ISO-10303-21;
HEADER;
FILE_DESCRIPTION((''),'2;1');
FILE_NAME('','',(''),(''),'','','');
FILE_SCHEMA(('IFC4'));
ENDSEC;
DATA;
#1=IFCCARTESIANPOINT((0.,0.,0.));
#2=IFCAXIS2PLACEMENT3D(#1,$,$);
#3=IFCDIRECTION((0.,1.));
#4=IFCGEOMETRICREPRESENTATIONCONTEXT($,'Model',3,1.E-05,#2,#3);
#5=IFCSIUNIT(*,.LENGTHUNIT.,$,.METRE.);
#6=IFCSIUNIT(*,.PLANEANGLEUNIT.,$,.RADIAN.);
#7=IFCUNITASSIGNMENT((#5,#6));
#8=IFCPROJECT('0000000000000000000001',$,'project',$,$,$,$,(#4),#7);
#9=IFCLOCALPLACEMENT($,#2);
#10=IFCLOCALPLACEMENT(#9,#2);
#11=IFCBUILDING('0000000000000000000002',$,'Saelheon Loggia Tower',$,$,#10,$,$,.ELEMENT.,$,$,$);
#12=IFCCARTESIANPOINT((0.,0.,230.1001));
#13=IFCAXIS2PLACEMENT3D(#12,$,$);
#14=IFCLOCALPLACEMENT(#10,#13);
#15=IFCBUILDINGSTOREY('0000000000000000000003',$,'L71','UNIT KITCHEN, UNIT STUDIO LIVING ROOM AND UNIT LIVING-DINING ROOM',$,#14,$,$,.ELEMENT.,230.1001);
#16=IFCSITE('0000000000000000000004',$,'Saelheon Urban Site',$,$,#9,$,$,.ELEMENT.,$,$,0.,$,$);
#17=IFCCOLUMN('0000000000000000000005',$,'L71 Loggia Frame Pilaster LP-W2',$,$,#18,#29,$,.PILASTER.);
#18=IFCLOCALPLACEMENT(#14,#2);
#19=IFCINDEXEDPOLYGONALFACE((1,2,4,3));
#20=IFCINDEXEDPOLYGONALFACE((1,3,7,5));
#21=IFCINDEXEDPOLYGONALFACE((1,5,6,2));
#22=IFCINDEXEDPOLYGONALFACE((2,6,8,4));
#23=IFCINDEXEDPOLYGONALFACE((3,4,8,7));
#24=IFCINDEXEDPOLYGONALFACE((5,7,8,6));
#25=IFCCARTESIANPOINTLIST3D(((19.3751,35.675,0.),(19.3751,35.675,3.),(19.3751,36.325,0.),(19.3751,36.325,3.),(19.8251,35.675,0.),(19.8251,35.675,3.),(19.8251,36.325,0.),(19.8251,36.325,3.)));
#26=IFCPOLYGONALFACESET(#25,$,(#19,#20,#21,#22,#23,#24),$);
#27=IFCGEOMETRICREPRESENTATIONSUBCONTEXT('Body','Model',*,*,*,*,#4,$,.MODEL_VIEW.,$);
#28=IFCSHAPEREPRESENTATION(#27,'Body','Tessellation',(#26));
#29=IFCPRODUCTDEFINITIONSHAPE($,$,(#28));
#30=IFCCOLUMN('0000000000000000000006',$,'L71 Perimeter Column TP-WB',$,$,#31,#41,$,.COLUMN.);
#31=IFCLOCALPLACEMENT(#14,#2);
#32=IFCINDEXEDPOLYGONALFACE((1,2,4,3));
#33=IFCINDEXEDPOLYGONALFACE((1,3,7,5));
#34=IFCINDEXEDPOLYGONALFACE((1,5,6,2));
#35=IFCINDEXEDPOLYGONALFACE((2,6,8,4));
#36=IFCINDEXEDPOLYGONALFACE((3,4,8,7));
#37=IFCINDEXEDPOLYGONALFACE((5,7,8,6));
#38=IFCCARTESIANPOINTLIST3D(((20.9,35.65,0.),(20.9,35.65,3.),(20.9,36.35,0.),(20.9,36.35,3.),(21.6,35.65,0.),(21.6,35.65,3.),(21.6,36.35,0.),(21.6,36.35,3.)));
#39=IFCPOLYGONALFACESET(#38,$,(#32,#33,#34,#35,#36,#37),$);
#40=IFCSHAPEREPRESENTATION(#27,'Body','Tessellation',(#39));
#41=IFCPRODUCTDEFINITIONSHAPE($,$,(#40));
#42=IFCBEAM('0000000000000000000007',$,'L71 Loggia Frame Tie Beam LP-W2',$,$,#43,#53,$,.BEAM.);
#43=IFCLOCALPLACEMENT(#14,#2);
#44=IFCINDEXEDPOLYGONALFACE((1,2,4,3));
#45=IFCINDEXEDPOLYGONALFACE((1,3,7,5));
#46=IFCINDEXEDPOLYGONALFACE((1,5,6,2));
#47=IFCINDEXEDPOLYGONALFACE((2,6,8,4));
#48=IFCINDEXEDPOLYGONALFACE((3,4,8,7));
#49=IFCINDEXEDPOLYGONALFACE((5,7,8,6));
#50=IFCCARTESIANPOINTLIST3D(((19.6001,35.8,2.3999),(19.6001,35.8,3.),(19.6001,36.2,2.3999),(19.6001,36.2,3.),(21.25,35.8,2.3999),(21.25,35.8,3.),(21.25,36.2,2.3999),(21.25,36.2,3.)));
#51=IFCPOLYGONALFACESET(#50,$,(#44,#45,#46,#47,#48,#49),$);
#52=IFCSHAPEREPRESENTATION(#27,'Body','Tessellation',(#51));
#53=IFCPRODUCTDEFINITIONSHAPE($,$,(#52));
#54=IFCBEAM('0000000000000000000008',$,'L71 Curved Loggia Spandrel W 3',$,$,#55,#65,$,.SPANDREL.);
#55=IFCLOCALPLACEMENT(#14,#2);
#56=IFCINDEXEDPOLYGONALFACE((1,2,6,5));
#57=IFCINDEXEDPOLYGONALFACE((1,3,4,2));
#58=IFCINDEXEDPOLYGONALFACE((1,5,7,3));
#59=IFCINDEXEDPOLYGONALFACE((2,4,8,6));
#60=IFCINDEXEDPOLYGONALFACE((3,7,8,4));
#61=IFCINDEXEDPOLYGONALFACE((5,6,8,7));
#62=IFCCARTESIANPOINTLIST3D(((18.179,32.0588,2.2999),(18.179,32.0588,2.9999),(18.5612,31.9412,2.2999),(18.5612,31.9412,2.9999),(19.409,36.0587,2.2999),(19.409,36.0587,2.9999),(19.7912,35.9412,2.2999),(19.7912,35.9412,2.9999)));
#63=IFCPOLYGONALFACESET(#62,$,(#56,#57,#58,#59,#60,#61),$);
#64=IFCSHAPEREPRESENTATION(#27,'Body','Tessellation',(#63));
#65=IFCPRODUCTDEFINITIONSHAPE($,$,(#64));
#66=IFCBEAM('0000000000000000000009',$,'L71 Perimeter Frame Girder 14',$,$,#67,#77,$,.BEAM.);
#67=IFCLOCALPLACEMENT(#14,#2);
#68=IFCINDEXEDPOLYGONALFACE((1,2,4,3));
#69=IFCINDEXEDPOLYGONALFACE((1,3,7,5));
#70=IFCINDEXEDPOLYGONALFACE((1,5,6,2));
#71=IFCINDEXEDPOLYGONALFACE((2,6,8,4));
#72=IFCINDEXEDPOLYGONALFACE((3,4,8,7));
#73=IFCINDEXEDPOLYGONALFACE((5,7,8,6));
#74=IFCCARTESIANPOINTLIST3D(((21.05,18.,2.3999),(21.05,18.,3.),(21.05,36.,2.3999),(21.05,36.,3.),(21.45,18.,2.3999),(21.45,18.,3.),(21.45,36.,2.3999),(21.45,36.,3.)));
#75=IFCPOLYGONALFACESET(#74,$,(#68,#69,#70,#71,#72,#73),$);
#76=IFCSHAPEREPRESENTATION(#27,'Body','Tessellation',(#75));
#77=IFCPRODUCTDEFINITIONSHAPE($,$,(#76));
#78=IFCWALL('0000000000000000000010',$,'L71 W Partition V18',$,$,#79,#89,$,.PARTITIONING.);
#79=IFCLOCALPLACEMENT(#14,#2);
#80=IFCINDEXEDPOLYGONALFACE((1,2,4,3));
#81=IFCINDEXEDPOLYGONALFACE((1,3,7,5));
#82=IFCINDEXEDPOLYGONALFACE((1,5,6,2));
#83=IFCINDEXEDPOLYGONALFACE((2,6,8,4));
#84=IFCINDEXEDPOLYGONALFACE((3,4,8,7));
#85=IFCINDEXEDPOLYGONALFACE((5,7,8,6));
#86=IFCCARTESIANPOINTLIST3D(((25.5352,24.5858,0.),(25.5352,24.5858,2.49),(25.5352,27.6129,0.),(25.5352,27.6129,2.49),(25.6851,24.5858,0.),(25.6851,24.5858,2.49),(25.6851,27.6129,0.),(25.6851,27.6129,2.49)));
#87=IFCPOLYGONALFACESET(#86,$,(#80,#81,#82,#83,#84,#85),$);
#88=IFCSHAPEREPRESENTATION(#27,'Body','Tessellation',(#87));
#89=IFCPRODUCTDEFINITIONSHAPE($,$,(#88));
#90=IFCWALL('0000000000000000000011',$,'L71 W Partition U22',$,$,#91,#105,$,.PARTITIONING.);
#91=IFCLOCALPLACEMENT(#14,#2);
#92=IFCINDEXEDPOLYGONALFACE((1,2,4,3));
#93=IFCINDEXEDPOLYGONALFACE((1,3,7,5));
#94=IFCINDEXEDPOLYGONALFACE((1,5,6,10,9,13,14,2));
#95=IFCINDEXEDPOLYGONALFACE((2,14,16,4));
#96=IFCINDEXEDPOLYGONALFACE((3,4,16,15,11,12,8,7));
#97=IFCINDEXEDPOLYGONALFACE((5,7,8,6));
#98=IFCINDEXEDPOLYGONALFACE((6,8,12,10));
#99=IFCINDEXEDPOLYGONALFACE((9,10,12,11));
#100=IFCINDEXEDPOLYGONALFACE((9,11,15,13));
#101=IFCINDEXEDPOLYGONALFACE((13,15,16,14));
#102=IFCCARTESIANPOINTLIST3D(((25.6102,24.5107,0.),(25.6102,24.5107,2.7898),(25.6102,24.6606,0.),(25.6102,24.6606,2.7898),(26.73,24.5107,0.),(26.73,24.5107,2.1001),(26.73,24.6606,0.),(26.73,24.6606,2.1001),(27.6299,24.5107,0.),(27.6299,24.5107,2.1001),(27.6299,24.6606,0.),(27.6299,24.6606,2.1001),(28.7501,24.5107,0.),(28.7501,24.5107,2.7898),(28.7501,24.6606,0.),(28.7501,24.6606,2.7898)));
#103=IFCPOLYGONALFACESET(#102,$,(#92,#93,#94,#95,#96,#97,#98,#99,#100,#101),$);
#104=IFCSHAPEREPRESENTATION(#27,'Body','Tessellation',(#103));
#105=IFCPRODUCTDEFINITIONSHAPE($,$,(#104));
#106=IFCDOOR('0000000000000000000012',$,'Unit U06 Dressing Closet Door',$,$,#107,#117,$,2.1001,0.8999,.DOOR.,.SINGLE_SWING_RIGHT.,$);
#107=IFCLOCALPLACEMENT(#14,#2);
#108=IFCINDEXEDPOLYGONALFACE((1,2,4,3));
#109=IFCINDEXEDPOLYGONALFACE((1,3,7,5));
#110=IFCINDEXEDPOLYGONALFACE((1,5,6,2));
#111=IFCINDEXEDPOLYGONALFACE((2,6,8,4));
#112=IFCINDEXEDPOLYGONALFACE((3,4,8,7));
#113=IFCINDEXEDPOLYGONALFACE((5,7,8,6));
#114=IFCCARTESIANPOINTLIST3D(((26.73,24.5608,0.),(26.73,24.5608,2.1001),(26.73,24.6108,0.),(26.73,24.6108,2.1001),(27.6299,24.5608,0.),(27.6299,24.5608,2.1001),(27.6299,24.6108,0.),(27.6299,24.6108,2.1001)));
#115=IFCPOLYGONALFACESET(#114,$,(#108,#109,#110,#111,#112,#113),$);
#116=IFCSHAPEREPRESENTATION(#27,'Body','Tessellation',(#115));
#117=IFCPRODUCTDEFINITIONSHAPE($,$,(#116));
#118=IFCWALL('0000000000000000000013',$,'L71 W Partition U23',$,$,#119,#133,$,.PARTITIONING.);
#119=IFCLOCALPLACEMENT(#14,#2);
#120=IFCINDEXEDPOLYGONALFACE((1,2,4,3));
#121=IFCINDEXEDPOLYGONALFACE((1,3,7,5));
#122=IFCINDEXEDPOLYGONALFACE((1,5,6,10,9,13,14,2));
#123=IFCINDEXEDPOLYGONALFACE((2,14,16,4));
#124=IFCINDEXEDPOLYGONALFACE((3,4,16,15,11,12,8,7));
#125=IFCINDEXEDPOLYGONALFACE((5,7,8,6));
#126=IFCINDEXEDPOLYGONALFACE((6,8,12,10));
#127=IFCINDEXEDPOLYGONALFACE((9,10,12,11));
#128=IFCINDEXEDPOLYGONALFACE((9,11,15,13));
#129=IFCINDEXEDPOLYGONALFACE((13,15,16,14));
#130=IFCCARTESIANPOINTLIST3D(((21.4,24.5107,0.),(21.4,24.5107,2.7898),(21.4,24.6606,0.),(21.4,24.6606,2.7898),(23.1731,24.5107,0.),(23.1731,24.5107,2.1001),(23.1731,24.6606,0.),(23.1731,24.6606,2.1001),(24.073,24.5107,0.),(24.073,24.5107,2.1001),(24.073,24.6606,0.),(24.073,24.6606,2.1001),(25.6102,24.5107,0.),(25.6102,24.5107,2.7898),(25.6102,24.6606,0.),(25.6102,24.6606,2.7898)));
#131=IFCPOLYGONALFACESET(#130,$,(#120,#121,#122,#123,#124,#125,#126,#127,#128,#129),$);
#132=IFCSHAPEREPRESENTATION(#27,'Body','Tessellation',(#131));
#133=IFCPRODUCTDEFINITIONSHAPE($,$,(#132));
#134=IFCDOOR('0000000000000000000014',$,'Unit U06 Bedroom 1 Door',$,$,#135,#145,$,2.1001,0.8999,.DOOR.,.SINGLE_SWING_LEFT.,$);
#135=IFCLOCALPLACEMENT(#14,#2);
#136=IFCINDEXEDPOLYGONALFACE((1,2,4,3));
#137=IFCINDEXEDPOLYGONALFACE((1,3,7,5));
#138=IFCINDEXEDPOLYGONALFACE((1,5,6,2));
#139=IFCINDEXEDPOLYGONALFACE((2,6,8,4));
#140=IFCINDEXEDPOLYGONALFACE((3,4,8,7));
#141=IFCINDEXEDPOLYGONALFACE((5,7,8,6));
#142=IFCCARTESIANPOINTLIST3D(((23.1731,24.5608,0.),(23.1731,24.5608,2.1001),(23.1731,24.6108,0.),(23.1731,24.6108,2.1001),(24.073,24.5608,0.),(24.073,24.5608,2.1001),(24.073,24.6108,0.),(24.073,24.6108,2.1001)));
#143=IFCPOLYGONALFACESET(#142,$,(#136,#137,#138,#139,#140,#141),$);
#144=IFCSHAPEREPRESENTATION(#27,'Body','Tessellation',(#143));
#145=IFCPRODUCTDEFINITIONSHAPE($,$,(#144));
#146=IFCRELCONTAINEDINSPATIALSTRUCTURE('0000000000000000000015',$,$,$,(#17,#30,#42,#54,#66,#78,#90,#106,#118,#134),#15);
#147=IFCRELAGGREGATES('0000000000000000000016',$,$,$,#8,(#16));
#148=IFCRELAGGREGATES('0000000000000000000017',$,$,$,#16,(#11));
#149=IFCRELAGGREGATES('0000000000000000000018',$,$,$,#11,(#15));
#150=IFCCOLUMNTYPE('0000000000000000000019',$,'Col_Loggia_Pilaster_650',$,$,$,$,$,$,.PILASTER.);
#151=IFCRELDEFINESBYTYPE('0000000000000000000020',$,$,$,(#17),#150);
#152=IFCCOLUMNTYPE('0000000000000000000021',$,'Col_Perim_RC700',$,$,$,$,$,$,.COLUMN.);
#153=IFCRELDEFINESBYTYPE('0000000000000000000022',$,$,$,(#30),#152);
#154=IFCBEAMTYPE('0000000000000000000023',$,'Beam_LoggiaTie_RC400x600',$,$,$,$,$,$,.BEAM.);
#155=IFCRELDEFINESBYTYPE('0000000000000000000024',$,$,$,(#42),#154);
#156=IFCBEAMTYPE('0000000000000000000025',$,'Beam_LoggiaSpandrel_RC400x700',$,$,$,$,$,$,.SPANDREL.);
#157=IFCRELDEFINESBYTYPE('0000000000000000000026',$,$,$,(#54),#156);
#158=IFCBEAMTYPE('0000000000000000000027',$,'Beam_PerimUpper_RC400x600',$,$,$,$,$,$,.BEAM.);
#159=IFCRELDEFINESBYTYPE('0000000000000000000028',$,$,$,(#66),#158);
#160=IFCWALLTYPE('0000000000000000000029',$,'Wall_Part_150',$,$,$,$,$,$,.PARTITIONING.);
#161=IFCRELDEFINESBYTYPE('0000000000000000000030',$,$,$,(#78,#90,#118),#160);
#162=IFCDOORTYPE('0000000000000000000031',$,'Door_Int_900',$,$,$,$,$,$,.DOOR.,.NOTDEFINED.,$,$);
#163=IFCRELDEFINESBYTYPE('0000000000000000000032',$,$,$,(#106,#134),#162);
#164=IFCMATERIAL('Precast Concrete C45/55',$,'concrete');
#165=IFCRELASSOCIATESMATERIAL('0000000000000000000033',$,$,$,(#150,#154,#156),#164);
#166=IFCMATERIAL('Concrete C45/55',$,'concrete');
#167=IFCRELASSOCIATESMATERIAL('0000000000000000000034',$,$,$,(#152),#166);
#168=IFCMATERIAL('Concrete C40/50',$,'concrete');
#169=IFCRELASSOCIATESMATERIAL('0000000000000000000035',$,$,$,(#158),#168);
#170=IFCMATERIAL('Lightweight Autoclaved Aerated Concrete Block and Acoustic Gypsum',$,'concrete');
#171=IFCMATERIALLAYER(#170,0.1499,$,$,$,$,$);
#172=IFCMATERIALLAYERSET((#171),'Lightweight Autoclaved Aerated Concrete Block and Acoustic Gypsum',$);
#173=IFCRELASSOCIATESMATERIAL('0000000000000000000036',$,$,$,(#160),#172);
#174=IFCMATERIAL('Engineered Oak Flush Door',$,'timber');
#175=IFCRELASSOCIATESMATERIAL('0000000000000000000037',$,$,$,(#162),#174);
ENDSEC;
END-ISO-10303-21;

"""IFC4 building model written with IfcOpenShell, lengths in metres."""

from ifc_helpers import new_model, si_unit, direction, frame, frame_2d, origin, origin_2d, place, context, subcontext, project, spatial, rectangle, extrude, source, transform, mapped, material, layer, layer_set, material_profile, profile_set, type_object, element, fill, save


model = new_model("IFC4")

# Units and contexts
model_context = context("Model", 3, precision=1e-05, world=origin(), true_north=direction((0.0, 1.0)))
body_context = subcontext(model_context, "Body", "Model", "MODEL_VIEW")
ifc_project = project(units=[si_unit("LENGTHUNIT", "METRE"), si_unit("PLANEANGLEUNIT", "RADIAN")], contexts=[model_context])

# Site, building, storey
site_placement = place(None, origin())
site = spatial("IfcSite", under=ifc_project, at=site_placement, Name="Saelheon Urban Site", CompositionType="ELEMENT", RefElevation=0.0)
building_placement = place(site_placement, origin())
building = spatial("IfcBuilding", under=site, at=building_placement, Name="Saelheon Loggia Tower", CompositionType="ELEMENT")
storey_placement = place(building_placement, frame((0.0, 0.0, 230.1001)))
storey = spatial("IfcBuildingStorey", under=building, at=storey_placement, Name="L71", Description="UNIT KITCHEN, UNIT STUDIO LIVING ROOM AND UNIT LIVING-DINING ROOM", CompositionType="ELEMENT", Elevation=230.1001)

# Columns
ifc_material_1 = material(Name="Precast Concrete C45/55", Category="concrete")
ifc_material_profile_1 = material_profile(ifc_material_1, rectangle(XDim=0.45, YDim=0.6499, at=origin_2d()), Name="RC-450x650")
ifc_profile_set_1 = profile_set([ifc_material_profile_1], Name="Precast Concrete C45/55")
column_type_1 = type_object("IfcColumnType", Name="Col_Loggia_Pilaster_650", PredefinedType="PILASTER", material=ifc_profile_set_1)
shared_shape_1 = source(origin(), body_context, "Body", "SweptSolid", [
    extrude(rectangle(XDim=0.45, YDim=0.6499, at=origin_2d()), origin(), (0.0, 0.0, 1.0), 3.0),
])
column_1_placement = place(storey_placement, frame((19.6001, 36.0, 0.0), z_axis=(0.0, 0.0, 1.0), x_axis=(1.0, 0.0, 0.0)))
element("IfcColumn", 1, at=column_1_placement, inside=storey, type_object=column_type_1, Name="L71 Loggia Frame Pilaster LP-W2", PredefinedType="PILASTER", context=body_context, shape_type="MappedRepresentation", body=[
    mapped(shared_shape_1, transform((0.0, 0.0, 0.0), scale=1.0)),
])
ifc_material_2 = material(Name="Concrete C45/55", Category="concrete")
ifc_material_profile_2 = material_profile(ifc_material_2, rectangle(XDim=0.7, YDim=0.7, at=origin_2d()), Name="RC-700x700")
ifc_profile_set_2 = profile_set([ifc_material_profile_2], Name="Concrete C45/55")
column_type_2 = type_object("IfcColumnType", Name="Col_Perim_RC700", PredefinedType="COLUMN", material=ifc_profile_set_2)
shared_shape_2 = source(origin(), body_context, "Body", "SweptSolid", [
    extrude(rectangle(XDim=0.7, YDim=0.7, at=origin_2d()), origin(), (0.0, 0.0, 1.0), 3.0),
])
column_2_placement = place(storey_placement, frame((21.25, 36.0, 0.0), z_axis=(0.0, 0.0, 1.0), x_axis=(1.0, 0.0, 0.0)))
element("IfcColumn", 2, at=column_2_placement, inside=storey, type_object=column_type_2, Name="L71 Perimeter Column TP-WB", PredefinedType="COLUMN", context=body_context, shape_type="MappedRepresentation", body=[
    mapped(shared_shape_2, transform((0.0, 0.0, 0.0), scale=1.0)),
])

# Beams
ifc_material_profile_3 = material_profile(ifc_material_1, rectangle(XDim=0.3999, YDim=0.6001, at=origin_2d()), Name="RC-400x600")
ifc_profile_set_3 = profile_set([ifc_material_profile_3], Name="Precast Concrete C45/55")
beam_type_1 = type_object("IfcBeamType", Name="Beam_LoggiaTie_RC400x600", PredefinedType="BEAM", material=ifc_profile_set_3)
shared_shape_3 = source(origin(), body_context, "Body", "SweptSolid", [
    extrude(rectangle(XDim=0.3999, YDim=0.6001, at=origin_2d()), origin(), (0.0, 0.0, 1.0), 1.6499),
])
beam_1_placement = place(storey_placement, frame((21.25, 36.0, 2.7), z_axis=(-1.0, 0.0, 0.0), x_axis=(0.0, -1.0, 0.0)))
element("IfcBeam", 3, at=beam_1_placement, inside=storey, type_object=beam_type_1, Name="L71 Loggia Frame Tie Beam LP-W2", PredefinedType="BEAM", context=body_context, shape_type="MappedRepresentation", body=[
    mapped(shared_shape_3, transform((0.0, 0.0, 0.0), scale=1.0)),
])
ifc_material_profile_4 = material_profile(ifc_material_1, rectangle(XDim=0.3999, YDim=0.7, at=origin_2d()), Name="RC-400x700")
ifc_profile_set_4 = profile_set([ifc_material_profile_4], Name="Precast Concrete C45/55")
beam_type_2 = type_object("IfcBeamType", Name="Beam_LoggiaSpandrel_RC400x700", PredefinedType="SPANDREL", material=ifc_profile_set_4)
shared_shape_4 = source(origin(), body_context, "Body", "SweptSolid", [
    extrude(rectangle(XDim=0.3999, YDim=0.7, at=origin_2d()), origin(), (0.0, 0.0, 1.0), 4.1848),
])
beam_2_placement = place(storey_placement, frame((18.3701, 32.0, 2.6499), z_axis=(0.293914, 0.955832, 0.0), x_axis=(-0.955832, 0.293914, 0.0)))
element("IfcBeam", 4, at=beam_2_placement, inside=storey, type_object=beam_type_2, Name="L71 Curved Loggia Spandrel W 3", PredefinedType="SPANDREL", context=body_context, shape_type="MappedRepresentation", body=[
    mapped(shared_shape_4, transform((0.0, 0.0, 0.0), scale=1.0)),
])
ifc_material_3 = material(Name="Concrete C40/50", Category="concrete")
ifc_material_profile_5 = material_profile(ifc_material_3, rectangle(XDim=0.3999, YDim=0.6001, at=origin_2d()), Name="RC-400x600")
ifc_profile_set_5 = profile_set([ifc_material_profile_5], Name="Concrete C40/50")
beam_type_3 = type_object("IfcBeamType", Name="Beam_PerimUpper_RC400x600", PredefinedType="BEAM", material=ifc_profile_set_5)
shared_shape_5 = source(origin(), body_context, "Body", "SweptSolid", [
    extrude(rectangle(XDim=0.3999, YDim=0.6001, at=origin_2d()), origin(), (0.0, 0.0, 1.0), 18.0),
])
beam_3_placement = place(storey_placement, frame((21.25, 36.0, 2.7), z_axis=(0.0, -1.0, 0.0), x_axis=(1.0, 0.0, 0.0)))
element("IfcBeam", 5, at=beam_3_placement, inside=storey, type_object=beam_type_3, Name="L71 Perimeter Frame Girder 14", PredefinedType="BEAM", context=body_context, shape_type="MappedRepresentation", body=[
    mapped(shared_shape_5, transform((0.0, 0.0, 0.0), scale=1.0)),
])

# Wall
ifc_material_4 = material(Name="Lightweight Autoclaved Aerated Concrete Block and Acoustic Gypsum", Category="concrete")
ifc_layer_1 = layer(ifc_material_4, 0.1499)
ifc_layer_set_1 = layer_set([ifc_layer_1], Name="Lightweight Autoclaved Aerated Concrete Block and Acoustic Gypsum")
wall_type_1 = type_object("IfcWallType", Name="Wall_Part_150", PredefinedType="PARTITIONING", material=ifc_layer_set_1)
wall_1_placement = place(storey_placement, frame((25.6101, 24.5857, 0.0), z_axis=(0.0, 0.0, 1.0), x_axis=(0.0, 1.0, 0.0)))
element("IfcWall", 6, at=wall_1_placement, inside=storey, type_object=wall_type_1, Name="L71 W Partition V18", PredefinedType="PARTITIONING", context=body_context, shape_type="SweptSolid", body=[
    extrude(rectangle(XDim=3.0271, YDim=0.1499, at=frame_2d((1.5137, 0.0))), origin(), (0.0, 0.0, 1.0), 2.49),
])

# Walls, openings, doors
wall_2_placement = place(storey_placement, frame((28.75, 24.5857, 0.0), z_axis=(0.0, 0.0, 1.0), x_axis=(-1.0, 0.0, 0.0)))
wall_2 = element("IfcWall", 7, at=wall_2_placement, inside=storey, type_object=wall_type_1, Name="L71 W Partition U22", PredefinedType="PARTITIONING", context=body_context, shape_type="SweptSolid", body=[
    extrude(rectangle(XDim=3.1399, YDim=0.1499, at=frame_2d((1.5698, 0.0))), origin(), (0.0, 0.0, 1.0), 2.7898),
])
opening_1_placement = place(wall_2_placement, frame((1.1201, 0.0, 0.0)))
opening_1 = element("IfcOpeningElement", 8, at=opening_1_placement, cuts=wall_2, PredefinedType="OPENING", context=body_context, shape_type="SweptSolid", body=[
    extrude(rectangle(XDim=0.8999, YDim=2.1001, at=frame_2d((0.45, 1.05))), frame((0.0, 0.0869, 0.0), z_axis=(0.0, -1.0, 0.0), x_axis=(1.0, 0.0, 0.0)), (0.0, 0.0, 1.0), 0.1738),
])
ifc_material_5 = material(Name="Engineered Oak Flush Door", Category="timber")
door_type_1 = type_object("IfcDoorType", Name="Door_Int_900", OperationType="NOTDEFINED", PredefinedType="DOOR", material=ifc_material_5)
shared_shape_6 = source(origin(), body_context, "Body", "SweptSolid", [
    extrude(rectangle(XDim=0.8999, YDim=2.1001, at=frame_2d((0.45, 1.05))), frame((0.0, 0.0249, 0.0), z_axis=(0.0, -1.0, 0.0), x_axis=(1.0, 0.0, 0.0)), (0.0, 0.0, 1.0), 0.05),
])
door_1_placement = place(opening_1_placement, origin())
door_1 = element("IfcDoor", 9, at=door_1_placement, inside=storey, type_object=door_type_1, Name="Unit U06 Dressing Closet Door", OperationType="SINGLE_SWING_RIGHT", OverallHeight=2.1001, OverallWidth=0.8999, PredefinedType="DOOR", context=body_context, shape_type="MappedRepresentation", body=[
    mapped(shared_shape_6, transform((0.0, 0.0, 0.0), scale=1.0)),
])
fill(opening_1, door_1)
wall_3_placement = place(storey_placement, frame((25.6101, 24.5857, 0.0), z_axis=(0.0, 0.0, 1.0), x_axis=(-1.0, 0.0, 0.0)))
wall_3 = element("IfcWall", 10, at=wall_3_placement, inside=storey, type_object=wall_type_1, Name="L71 W Partition U23", PredefinedType="PARTITIONING", context=body_context, shape_type="SweptSolid", body=[
    extrude(rectangle(XDim=4.2102, YDim=0.1499, at=frame_2d((2.105, 0.0))), origin(), (0.0, 0.0, 1.0), 2.7898),
])
opening_2_placement = place(wall_3_placement, frame((1.5371, 0.0, 0.0)))
opening_2 = element("IfcOpeningElement", 11, at=opening_2_placement, cuts=wall_3, PredefinedType="OPENING", context=body_context, shape_type="SweptSolid", body=[
    extrude(rectangle(XDim=0.8999, YDim=2.1001, at=frame_2d((0.45, 1.05))), frame((0.0, 0.0869, 0.0), z_axis=(0.0, -1.0, 0.0), x_axis=(1.0, 0.0, 0.0)), (0.0, 0.0, 1.0), 0.1738),
])
door_2_placement = place(opening_2_placement, origin())
door_2 = element("IfcDoor", 12, at=door_2_placement, inside=storey, type_object=door_type_1, Name="Unit U06 Bedroom 1 Door", OperationType="SINGLE_SWING_LEFT", OverallHeight=2.1001, OverallWidth=0.8999, PredefinedType="DOOR", context=body_context, shape_type="MappedRepresentation", body=[
    mapped(shared_shape_6, transform((0.0, 0.0, 0.0), scale=1.0)),
])
fill(opening_2, door_2)

save(model, "model.ifc")
